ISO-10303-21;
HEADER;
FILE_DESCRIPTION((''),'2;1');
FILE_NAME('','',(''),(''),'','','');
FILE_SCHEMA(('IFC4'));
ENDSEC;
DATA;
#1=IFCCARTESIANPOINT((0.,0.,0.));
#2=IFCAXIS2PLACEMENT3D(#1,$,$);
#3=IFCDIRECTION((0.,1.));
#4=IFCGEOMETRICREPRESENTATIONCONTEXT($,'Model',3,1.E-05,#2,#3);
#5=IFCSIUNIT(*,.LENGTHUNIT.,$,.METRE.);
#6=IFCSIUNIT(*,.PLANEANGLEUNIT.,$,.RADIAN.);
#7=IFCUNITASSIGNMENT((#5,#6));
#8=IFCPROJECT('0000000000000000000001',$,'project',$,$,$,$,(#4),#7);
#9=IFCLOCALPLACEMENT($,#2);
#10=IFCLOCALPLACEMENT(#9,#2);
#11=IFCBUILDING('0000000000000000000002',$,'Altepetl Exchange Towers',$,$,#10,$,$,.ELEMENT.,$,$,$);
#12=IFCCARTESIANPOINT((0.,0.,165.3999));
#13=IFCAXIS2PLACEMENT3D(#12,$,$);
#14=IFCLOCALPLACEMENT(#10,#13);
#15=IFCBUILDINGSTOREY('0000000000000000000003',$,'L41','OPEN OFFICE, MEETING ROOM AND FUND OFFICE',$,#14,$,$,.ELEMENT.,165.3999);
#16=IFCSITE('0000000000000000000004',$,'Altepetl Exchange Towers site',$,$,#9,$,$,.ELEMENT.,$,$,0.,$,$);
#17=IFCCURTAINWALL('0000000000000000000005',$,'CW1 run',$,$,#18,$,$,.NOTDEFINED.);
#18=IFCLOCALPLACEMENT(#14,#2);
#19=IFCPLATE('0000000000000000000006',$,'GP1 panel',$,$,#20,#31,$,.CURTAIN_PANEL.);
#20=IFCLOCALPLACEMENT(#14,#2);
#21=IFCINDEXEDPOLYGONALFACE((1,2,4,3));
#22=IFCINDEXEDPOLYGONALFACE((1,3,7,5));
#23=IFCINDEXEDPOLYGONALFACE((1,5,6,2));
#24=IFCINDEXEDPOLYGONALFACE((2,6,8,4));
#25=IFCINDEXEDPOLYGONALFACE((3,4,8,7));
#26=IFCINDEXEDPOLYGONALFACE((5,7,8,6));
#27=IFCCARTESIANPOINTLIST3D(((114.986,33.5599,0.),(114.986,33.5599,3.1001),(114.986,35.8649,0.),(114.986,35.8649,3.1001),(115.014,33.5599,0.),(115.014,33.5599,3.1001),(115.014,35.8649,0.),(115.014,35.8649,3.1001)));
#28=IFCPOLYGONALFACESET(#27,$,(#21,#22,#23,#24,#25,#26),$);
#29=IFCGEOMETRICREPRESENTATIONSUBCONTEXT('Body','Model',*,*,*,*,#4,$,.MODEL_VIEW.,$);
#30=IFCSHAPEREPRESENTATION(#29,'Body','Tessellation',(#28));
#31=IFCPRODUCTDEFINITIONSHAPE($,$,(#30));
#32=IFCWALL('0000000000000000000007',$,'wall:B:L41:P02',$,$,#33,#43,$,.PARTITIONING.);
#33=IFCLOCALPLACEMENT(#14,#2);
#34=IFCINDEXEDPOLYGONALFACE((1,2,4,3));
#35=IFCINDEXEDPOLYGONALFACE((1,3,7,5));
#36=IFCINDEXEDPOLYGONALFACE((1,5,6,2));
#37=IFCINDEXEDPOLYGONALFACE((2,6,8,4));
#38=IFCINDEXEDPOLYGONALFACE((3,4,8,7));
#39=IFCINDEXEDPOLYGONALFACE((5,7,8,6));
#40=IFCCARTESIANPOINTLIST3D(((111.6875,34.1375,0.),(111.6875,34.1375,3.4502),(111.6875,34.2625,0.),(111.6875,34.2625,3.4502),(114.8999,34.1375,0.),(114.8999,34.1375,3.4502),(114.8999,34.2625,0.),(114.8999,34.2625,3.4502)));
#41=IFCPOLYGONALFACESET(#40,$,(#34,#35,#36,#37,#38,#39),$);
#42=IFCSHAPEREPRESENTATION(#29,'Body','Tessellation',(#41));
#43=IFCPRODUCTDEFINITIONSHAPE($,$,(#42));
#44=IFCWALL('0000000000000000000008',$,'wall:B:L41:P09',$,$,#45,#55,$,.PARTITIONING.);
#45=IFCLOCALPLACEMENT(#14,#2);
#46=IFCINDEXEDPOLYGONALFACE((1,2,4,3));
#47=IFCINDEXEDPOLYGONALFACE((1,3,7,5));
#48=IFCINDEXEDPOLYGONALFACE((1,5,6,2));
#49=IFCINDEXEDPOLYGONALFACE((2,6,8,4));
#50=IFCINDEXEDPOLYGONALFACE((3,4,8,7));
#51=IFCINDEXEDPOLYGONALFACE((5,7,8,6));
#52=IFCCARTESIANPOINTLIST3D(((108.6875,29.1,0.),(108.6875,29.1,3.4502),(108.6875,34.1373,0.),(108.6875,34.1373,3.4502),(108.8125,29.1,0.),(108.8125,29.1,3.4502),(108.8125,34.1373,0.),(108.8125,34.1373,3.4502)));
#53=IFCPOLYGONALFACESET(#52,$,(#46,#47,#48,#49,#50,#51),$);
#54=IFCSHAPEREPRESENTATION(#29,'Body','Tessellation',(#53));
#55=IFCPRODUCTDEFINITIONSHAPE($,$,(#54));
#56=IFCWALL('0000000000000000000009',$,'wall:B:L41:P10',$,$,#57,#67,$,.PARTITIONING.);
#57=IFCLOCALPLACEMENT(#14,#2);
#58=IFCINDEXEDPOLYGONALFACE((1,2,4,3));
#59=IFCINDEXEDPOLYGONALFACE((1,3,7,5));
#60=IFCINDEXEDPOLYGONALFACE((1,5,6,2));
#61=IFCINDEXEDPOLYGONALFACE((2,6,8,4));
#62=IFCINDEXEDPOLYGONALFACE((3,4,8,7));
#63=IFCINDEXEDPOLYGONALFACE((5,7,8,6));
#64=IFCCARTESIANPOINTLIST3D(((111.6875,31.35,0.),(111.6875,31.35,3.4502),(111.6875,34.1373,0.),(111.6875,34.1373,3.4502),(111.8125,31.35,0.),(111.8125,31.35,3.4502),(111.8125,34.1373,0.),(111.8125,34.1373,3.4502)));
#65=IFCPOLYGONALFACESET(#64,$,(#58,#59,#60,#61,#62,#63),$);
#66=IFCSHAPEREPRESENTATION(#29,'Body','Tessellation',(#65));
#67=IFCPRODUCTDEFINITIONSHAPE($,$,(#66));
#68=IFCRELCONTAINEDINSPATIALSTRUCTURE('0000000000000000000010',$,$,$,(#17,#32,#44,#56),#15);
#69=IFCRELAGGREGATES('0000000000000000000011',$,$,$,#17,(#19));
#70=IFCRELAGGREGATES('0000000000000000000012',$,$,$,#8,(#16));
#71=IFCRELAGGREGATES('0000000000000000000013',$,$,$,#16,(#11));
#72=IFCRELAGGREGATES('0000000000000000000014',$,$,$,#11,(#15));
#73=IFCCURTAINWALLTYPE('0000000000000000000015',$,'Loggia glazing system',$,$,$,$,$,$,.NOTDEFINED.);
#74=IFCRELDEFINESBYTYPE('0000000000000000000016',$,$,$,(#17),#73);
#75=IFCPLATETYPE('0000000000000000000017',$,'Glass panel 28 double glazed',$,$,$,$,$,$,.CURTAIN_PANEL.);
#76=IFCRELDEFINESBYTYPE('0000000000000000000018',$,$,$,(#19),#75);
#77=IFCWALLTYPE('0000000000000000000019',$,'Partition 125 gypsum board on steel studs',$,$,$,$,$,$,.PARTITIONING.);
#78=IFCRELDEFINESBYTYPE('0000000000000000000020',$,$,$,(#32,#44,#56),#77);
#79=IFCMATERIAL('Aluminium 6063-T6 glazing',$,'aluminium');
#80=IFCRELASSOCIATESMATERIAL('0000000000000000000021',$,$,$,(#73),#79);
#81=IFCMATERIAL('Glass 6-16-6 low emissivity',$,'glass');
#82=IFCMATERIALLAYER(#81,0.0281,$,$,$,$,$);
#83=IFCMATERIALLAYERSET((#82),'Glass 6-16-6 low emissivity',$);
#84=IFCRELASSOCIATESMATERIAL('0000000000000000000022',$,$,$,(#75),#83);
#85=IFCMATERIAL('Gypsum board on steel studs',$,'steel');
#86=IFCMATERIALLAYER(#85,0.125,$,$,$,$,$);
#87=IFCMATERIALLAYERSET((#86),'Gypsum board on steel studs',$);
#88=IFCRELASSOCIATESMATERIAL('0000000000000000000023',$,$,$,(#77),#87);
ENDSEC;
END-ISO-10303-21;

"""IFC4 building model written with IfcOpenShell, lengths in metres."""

from ifc_helpers import new_model, si_unit, direction, frame, frame_2d, origin, origin_2d, place, context, subcontext, project, spatial, rectangle, extrude, material, layer, layer_set, type_object, element, aggregate, save


model = new_model("IFC4")

# Units and contexts
model_context = context("Model", 3, precision=1e-05, world=origin(), true_north=direction((0.0, 1.0)))
body_context = subcontext(model_context, "Body", "Model", "MODEL_VIEW")
ifc_project = project(units=[si_unit("LENGTHUNIT", "METRE"), si_unit("PLANEANGLEUNIT", "RADIAN")], contexts=[model_context])

# Site, building, storey
site_placement = place(None, origin())
site = spatial("IfcSite", under=ifc_project, at=site_placement, Name="Altepetl Exchange Towers site", CompositionType="ELEMENT", RefElevation=0.0)
building_placement = place(site_placement, origin())
building = spatial("IfcBuilding", under=site, at=building_placement, Name="Altepetl Exchange Towers", CompositionType="ELEMENT")
storey_placement = place(building_placement, frame((0.0, 0.0, 165.3999)))
storey = spatial("IfcBuildingStorey", under=building, at=storey_placement, Name="L41", Description="OPEN OFFICE, MEETING ROOM AND FUND OFFICE", CompositionType="ELEMENT", Elevation=165.3999)

# Shared definitions
ifc_material_1 = material(Name="Aluminium 6063-T6 glazing", Category="aluminium")
curtain_wall_type = type_object("IfcCurtainWallType", Name="Loggia glazing system", PredefinedType="NOTDEFINED", material=ifc_material_1)

# Curtain wall
curtain_wall_1_placement = place(storey_placement, origin())
curtain_wall_1 = element("IfcCurtainWall", 1, at=curtain_wall_1_placement, inside=storey, type_object=curtain_wall_type, Name="CW1 run", PredefinedType="NOTDEFINED")

# Plate
ifc_material_2 = material(Name="Glass 6-16-6 low emissivity", Category="glass")
ifc_layer_1 = layer(ifc_material_2, 0.0281)
ifc_layer_set_1 = layer_set([ifc_layer_1], Name="Glass 6-16-6 low emissivity")
plate_type = type_object("IfcPlateType", Name="Glass panel 28 double glazed", PredefinedType="CURTAIN_PANEL", material=ifc_layer_set_1)
plate_1_placement = place(storey_placement, frame((115.0, 34.7124, 0.0), z_axis=(0.0, 0.0, 1.0), x_axis=(0.0, 1.0, 0.0)))
plate_1 = element("IfcPlate", 2, at=plate_1_placement, type_object=plate_type, Name="GP1 panel", PredefinedType="CURTAIN_PANEL", context=body_context, shape_type="SweptSolid", body=[
    extrude(rectangle(XDim=2.3049, YDim=0.0281, at=origin_2d()), origin(), (0.0, 0.0, 1.0), 3.1001),
])
aggregate(curtain_wall_1, [plate_1])

# Walls
ifc_material_3 = material(Name="Gypsum board on steel studs", Category="steel")
ifc_layer_2 = layer(ifc_material_3, 0.125)
ifc_layer_set_2 = layer_set([ifc_layer_2], Name="Gypsum board on steel studs")
wall_type = type_object("IfcWallType", Name="Partition 125 gypsum board on steel studs", PredefinedType="PARTITIONING", material=ifc_layer_set_2)
wall_1_placement = place(storey_placement, frame((111.6875, 34.2, 0.0)))
element("IfcWall", 3, at=wall_1_placement, inside=storey, type_object=wall_type, Name="wall:B:L41:P02", PredefinedType="PARTITIONING", context=body_context, shape_type="SweptSolid", body=[
    extrude(rectangle(XDim=3.2124, YDim=0.125, at=frame_2d((1.6062, 0.0))), origin(), (0.0, 0.0, 1.0), 3.4502),
])
wall_2_placement = place(storey_placement, frame((108.75, 29.1001, 0.0), z_axis=(0.0, 0.0, 1.0), x_axis=(0.0, 1.0, 0.0)))
element("IfcWall", 4, at=wall_2_placement, inside=storey, type_object=wall_type, Name="wall:B:L41:P09", PredefinedType="PARTITIONING", context=body_context, shape_type="SweptSolid", body=[
    extrude(rectangle(XDim=5.0374, YDim=0.125, at=frame_2d((2.5186, 0.0))), origin(), (0.0, 0.0, 1.0), 3.4502),
])
wall_3_placement = place(storey_placement, frame((111.75, 31.3501, 0.0), z_axis=(0.0, 0.0, 1.0), x_axis=(0.0, 1.0, 0.0)))
element("IfcWall", 5, at=wall_3_placement, inside=storey, type_object=wall_type, Name="wall:B:L41:P10", PredefinedType="PARTITIONING", context=body_context, shape_type="SweptSolid", body=[
    extrude(rectangle(XDim=2.7874, YDim=0.125, at=frame_2d((1.3936, 0.0))), origin(), (0.0, 0.0, 1.0), 3.4502),
])

save(model, "model.ifc")
